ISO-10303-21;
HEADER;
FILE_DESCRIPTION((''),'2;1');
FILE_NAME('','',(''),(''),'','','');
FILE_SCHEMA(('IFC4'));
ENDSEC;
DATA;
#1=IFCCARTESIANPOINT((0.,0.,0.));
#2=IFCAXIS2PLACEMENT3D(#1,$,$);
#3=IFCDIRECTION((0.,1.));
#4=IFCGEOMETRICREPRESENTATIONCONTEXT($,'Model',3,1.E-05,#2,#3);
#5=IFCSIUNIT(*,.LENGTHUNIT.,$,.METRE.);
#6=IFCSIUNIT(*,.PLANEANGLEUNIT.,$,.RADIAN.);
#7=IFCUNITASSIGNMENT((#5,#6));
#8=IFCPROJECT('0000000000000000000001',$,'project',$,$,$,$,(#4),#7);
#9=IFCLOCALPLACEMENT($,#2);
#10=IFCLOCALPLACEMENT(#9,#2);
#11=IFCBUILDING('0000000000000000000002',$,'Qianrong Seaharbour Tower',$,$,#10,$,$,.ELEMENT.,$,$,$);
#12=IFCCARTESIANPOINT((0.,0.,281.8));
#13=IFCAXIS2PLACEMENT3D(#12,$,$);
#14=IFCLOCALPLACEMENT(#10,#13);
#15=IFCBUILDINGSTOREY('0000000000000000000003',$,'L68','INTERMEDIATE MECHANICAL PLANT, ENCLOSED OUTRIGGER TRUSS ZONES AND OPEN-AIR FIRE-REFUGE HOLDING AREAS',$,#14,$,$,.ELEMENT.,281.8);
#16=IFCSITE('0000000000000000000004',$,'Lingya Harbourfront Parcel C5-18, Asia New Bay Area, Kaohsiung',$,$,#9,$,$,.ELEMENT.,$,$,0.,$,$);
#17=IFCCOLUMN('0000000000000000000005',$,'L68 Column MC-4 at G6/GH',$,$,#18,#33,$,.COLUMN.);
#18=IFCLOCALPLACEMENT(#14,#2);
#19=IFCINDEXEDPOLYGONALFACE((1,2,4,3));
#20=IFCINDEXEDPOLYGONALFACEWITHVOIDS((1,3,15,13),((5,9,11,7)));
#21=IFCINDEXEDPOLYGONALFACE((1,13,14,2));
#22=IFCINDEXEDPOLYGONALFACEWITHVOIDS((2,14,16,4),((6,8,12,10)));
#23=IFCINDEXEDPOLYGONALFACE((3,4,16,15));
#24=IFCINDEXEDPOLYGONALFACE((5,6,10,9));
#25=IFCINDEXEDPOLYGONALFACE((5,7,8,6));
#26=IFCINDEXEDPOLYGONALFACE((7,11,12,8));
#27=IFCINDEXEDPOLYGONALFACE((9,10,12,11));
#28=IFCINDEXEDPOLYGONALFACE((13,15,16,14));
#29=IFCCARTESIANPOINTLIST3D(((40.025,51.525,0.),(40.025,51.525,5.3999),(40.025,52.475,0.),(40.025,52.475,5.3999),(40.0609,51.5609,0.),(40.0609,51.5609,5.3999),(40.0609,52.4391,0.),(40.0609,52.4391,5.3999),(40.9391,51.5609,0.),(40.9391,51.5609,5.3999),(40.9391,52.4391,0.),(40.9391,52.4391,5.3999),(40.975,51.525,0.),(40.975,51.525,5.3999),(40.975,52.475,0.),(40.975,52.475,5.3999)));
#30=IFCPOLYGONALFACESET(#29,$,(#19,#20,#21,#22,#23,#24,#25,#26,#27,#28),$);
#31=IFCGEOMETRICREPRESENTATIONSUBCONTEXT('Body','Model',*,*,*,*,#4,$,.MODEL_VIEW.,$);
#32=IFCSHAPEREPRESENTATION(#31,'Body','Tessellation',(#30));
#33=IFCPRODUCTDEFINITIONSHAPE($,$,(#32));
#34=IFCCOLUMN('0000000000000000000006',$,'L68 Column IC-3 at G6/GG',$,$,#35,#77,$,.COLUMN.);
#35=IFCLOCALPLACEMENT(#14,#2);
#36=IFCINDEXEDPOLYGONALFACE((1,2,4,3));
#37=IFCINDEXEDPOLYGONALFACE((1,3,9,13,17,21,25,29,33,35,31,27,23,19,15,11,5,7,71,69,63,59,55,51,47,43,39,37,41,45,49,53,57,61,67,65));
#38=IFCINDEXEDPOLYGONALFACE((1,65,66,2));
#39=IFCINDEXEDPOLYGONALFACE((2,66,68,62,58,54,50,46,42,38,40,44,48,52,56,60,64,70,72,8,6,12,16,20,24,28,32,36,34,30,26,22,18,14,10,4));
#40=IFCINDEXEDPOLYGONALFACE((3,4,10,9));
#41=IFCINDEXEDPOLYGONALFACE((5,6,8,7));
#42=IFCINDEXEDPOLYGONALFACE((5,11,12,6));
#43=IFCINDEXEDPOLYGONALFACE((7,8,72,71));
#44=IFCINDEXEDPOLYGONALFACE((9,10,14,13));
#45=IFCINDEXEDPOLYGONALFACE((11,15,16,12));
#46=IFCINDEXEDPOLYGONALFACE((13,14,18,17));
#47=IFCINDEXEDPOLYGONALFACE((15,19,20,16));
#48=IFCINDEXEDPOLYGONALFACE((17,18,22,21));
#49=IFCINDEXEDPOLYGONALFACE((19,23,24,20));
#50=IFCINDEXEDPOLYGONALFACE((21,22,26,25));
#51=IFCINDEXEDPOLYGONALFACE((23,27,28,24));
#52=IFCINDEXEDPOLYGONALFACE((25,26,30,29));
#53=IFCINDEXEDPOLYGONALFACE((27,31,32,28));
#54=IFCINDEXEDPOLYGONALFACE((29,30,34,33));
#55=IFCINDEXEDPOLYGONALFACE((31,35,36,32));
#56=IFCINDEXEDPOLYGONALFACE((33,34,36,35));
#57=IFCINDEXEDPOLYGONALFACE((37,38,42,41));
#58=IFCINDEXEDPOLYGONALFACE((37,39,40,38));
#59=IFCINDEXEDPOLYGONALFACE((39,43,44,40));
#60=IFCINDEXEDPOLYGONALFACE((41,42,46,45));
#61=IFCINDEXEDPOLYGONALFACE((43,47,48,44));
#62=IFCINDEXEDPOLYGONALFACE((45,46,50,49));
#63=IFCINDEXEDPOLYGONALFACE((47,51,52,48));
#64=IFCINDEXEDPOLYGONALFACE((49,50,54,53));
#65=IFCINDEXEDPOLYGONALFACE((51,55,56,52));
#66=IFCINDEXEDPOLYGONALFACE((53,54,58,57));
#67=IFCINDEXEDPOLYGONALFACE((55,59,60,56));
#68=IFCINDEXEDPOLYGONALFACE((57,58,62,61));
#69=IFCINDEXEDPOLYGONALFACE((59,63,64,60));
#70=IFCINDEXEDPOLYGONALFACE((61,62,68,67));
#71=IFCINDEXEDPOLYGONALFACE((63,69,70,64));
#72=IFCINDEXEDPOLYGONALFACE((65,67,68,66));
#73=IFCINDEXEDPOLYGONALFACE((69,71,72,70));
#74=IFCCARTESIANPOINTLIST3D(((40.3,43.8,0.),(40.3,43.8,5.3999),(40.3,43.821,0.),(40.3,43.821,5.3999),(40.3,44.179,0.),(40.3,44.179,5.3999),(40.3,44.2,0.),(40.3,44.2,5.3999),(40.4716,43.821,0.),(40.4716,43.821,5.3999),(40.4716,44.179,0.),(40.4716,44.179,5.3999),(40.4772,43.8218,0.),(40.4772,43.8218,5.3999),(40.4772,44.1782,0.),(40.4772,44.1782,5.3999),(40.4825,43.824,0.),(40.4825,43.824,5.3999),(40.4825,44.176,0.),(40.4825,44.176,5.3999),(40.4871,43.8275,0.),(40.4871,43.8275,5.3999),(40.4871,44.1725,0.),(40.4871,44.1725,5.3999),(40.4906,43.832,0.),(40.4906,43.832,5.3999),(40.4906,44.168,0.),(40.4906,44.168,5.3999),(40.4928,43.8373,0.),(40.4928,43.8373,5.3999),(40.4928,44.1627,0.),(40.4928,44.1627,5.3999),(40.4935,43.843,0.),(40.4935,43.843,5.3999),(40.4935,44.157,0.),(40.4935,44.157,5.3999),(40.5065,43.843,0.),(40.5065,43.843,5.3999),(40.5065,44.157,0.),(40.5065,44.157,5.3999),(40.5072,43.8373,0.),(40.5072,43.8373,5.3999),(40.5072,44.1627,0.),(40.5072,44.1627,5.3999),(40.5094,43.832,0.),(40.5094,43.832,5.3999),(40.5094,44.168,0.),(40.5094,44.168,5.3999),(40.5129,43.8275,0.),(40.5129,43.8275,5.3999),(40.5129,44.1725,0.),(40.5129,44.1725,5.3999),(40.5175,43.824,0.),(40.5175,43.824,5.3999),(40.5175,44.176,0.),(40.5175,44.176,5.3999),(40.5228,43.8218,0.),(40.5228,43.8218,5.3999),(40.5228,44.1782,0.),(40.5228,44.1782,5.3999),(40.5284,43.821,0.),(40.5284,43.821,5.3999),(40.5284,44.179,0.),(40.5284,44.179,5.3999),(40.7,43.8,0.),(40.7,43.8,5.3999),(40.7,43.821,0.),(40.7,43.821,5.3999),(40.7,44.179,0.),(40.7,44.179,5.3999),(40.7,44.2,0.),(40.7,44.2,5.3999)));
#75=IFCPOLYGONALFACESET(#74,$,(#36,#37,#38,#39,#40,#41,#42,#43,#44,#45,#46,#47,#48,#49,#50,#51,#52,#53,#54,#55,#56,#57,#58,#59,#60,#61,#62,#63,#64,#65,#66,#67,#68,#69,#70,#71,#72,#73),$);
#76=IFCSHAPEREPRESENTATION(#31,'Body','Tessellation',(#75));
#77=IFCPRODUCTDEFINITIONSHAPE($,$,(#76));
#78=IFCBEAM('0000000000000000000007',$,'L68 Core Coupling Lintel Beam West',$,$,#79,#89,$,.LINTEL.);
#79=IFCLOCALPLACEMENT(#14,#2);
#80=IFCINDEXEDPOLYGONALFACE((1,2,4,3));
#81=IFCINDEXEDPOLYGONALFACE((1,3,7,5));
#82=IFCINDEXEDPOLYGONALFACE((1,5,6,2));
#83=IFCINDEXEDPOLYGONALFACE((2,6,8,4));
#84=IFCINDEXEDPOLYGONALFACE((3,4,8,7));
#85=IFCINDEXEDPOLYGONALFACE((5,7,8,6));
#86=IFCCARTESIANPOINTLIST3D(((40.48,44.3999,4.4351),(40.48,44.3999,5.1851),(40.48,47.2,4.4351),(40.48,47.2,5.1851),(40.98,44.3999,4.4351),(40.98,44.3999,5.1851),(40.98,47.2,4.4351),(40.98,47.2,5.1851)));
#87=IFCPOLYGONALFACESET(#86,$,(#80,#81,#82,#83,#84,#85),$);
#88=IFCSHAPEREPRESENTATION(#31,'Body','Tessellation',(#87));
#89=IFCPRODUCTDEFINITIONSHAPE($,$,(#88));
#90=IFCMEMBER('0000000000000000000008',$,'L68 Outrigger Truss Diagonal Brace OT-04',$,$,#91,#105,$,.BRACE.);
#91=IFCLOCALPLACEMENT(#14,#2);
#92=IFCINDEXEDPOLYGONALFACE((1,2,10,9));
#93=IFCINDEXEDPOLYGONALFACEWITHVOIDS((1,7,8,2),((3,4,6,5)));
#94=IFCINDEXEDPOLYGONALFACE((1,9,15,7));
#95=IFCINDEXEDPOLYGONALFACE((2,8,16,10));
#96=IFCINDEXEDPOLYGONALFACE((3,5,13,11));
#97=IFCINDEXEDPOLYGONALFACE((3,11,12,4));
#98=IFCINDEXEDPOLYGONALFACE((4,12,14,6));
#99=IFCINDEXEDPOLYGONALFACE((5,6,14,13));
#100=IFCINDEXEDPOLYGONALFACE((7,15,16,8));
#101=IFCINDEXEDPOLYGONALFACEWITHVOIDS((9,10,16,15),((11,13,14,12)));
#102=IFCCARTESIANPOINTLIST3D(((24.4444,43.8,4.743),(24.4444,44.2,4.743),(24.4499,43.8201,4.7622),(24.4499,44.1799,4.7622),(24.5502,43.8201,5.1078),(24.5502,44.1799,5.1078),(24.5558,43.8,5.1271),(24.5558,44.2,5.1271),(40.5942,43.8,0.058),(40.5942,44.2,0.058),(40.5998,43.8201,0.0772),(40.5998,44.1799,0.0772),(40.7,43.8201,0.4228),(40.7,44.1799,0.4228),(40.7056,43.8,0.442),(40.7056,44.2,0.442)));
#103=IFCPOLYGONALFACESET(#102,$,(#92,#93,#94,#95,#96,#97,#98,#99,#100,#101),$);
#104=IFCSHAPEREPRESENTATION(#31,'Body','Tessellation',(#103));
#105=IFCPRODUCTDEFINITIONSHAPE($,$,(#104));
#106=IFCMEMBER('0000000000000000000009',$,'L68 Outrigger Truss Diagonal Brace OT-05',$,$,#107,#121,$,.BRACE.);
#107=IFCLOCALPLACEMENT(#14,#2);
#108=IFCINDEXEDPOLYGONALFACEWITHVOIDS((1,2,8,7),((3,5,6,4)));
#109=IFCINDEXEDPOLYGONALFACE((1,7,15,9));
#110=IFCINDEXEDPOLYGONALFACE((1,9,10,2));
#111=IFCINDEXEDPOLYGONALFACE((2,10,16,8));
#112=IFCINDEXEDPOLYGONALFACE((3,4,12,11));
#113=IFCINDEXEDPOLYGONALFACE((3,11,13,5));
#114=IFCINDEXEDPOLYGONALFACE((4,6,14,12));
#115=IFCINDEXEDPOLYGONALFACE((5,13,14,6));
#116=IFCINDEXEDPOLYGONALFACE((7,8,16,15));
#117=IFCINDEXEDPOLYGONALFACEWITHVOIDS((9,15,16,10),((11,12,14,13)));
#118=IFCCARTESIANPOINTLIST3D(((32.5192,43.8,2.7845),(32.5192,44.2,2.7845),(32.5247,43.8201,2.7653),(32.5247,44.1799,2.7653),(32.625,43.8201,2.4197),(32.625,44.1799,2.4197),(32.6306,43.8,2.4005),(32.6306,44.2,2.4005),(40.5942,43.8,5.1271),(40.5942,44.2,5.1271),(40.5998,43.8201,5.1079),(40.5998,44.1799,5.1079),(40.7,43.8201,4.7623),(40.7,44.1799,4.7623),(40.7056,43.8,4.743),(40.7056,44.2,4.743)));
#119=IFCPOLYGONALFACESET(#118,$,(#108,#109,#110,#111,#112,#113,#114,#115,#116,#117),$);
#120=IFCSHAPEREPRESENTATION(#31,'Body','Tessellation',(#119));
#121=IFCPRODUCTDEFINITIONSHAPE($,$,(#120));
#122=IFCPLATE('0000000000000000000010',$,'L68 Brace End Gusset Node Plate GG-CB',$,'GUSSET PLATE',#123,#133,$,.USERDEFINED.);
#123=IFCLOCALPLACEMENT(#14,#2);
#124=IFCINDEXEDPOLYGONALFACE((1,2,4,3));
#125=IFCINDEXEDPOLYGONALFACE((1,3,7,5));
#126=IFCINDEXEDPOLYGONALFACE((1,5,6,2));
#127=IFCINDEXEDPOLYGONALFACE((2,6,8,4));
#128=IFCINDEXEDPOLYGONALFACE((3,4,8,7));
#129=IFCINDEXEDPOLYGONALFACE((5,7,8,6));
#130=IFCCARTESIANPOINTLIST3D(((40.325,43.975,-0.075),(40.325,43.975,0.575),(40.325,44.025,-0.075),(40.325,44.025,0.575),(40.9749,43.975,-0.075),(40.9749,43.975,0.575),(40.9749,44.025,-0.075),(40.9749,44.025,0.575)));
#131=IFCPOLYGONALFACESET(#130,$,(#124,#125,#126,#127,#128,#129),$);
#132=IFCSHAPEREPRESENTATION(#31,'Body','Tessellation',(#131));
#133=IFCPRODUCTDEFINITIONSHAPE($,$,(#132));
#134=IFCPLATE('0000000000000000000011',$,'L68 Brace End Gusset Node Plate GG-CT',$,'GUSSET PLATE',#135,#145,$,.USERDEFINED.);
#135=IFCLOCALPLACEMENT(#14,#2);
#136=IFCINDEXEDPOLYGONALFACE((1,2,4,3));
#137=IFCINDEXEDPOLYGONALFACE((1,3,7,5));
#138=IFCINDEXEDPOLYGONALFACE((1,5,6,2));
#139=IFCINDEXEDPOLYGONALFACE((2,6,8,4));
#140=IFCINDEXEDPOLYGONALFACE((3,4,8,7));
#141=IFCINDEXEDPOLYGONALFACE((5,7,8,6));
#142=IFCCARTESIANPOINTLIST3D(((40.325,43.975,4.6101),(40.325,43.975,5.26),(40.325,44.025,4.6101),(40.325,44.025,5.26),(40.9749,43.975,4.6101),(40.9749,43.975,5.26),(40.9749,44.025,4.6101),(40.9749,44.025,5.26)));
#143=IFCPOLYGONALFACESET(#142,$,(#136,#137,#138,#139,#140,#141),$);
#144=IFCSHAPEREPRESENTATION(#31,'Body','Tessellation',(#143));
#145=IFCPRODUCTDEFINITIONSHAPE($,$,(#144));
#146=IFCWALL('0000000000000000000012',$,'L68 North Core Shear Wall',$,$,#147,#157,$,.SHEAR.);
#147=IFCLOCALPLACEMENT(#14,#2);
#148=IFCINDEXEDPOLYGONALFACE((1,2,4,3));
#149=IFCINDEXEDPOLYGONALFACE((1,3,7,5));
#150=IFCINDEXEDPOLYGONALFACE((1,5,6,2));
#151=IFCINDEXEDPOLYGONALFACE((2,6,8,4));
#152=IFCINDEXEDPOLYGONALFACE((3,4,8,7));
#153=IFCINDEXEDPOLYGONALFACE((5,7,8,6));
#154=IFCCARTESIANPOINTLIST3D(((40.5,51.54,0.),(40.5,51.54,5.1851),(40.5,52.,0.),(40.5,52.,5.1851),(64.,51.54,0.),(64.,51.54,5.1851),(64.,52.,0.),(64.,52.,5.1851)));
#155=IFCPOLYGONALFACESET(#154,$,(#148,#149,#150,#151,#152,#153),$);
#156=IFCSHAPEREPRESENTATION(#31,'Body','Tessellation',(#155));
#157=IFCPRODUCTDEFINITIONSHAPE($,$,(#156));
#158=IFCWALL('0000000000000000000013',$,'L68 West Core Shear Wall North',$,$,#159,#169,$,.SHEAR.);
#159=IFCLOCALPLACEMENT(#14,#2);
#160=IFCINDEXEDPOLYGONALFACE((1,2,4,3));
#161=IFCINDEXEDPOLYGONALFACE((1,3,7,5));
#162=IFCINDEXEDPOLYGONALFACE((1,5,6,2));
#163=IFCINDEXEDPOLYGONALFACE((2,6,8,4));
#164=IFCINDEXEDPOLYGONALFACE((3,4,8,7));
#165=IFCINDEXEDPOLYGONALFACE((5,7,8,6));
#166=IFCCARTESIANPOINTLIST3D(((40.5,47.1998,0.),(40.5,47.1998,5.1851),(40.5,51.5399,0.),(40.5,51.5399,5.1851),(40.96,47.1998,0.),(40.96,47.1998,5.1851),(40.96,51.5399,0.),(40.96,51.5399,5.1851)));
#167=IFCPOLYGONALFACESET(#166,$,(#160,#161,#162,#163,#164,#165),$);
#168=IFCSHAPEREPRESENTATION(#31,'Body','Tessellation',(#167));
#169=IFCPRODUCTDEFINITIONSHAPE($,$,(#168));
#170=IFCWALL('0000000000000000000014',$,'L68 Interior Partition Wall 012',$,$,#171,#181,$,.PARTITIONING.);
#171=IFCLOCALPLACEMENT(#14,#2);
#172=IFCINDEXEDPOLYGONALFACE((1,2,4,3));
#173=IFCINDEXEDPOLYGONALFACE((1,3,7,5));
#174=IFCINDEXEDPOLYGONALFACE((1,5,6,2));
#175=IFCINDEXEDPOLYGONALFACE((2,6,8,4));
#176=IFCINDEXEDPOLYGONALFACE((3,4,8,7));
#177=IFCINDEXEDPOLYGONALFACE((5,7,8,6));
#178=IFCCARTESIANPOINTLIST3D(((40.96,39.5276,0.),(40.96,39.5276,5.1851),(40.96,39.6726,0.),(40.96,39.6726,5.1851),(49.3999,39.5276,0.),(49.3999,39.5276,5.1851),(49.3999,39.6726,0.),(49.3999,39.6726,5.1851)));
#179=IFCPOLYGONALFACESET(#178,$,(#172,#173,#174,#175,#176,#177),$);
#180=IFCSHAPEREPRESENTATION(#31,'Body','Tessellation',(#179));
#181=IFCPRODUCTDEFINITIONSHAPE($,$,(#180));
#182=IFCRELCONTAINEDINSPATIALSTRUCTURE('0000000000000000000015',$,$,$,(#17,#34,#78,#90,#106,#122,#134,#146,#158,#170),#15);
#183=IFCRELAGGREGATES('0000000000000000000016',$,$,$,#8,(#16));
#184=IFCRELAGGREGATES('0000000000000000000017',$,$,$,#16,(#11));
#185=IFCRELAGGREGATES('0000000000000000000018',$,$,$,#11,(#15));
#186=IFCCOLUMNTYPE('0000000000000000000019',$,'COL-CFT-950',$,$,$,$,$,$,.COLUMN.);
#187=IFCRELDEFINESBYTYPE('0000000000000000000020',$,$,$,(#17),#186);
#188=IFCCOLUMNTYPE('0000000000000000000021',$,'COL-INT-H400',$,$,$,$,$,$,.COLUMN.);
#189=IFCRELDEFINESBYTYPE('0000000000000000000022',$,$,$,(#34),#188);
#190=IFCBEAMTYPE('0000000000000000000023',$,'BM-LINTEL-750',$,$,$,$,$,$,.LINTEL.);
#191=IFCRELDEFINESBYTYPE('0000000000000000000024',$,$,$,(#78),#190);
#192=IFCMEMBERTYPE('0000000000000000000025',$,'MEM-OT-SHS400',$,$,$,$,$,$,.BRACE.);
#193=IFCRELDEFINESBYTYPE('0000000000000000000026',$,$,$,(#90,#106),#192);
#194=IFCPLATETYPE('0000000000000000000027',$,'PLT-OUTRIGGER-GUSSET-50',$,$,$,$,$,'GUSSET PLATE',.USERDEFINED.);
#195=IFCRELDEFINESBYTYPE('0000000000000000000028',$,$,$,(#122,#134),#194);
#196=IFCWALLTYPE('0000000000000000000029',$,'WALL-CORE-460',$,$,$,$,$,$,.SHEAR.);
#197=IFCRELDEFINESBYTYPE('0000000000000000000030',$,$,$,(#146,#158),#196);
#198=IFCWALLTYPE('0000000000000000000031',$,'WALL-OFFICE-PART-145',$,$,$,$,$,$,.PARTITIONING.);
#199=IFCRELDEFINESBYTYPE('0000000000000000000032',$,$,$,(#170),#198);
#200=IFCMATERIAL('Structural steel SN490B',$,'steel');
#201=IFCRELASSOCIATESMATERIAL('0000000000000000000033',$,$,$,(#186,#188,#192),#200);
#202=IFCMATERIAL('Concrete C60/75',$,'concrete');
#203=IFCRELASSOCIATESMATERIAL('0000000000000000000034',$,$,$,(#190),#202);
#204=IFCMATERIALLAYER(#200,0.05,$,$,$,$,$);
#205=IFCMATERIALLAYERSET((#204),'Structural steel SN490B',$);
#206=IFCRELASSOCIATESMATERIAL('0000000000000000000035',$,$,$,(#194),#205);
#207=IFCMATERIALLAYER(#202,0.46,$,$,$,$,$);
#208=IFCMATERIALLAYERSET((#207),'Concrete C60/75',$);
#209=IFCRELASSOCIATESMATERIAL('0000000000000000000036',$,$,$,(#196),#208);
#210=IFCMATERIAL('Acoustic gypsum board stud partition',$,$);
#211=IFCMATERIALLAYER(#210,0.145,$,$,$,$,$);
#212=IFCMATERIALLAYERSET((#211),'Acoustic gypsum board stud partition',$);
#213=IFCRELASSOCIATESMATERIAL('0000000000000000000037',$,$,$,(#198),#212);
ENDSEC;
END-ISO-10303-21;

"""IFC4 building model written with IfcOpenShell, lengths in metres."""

from ifc_helpers import new_model, si_unit, direction, frame, frame_2d, origin, origin_2d, place, context, subcontext, project, spatial, rectangle, hollow_rectangle, i_section, extrude, material, layer, layer_set, material_profile, profile_set, type_object, element, save


model = new_model("IFC4")

# Units and contexts
model_context = context("Model", 3, precision=1e-05, world=origin(), true_north=direction((0.0, 1.0)))
body_context = subcontext(model_context, "Body", "Model", "MODEL_VIEW")
ifc_project = project(units=[si_unit("LENGTHUNIT", "METRE"), si_unit("PLANEANGLEUNIT", "RADIAN")], contexts=[model_context])

# Site, building, storey
site_placement = place(None, origin())
site = spatial("IfcSite", under=ifc_project, at=site_placement, Name="Lingya Harbourfront Parcel C5-18, Asia New Bay Area, Kaohsiung", CompositionType="ELEMENT", RefElevation=0.0)
building_placement = place(site_placement, origin())
building = spatial("IfcBuilding", under=site, at=building_placement, Name="Qianrong Seaharbour Tower", CompositionType="ELEMENT")
storey_placement = place(building_placement, frame((0.0, 0.0, 281.8)))
storey = spatial("IfcBuildingStorey", under=building, at=storey_placement, Name="L68", Description="INTERMEDIATE MECHANICAL PLANT, ENCLOSED OUTRIGGER TRUSS ZONES AND OPEN-AIR FIRE-REFUGE HOLDING AREAS", CompositionType="ELEMENT", Elevation=281.8)

# Columns
ifc_material_1 = material(Name="Structural steel SN490B", Category="steel")
ifc_material_profile_1 = material_profile(ifc_material_1, hollow_rectangle(XDim=0.95, YDim=0.95, WallThickness=0.0359, at=origin_2d()), Name="BOX950x950x36")
ifc_profile_set_1 = profile_set([ifc_material_profile_1], Name="Structural steel SN490B")
column_type_1 = type_object("IfcColumnType", Name="COL-CFT-950", PredefinedType="COLUMN", material=ifc_profile_set_1)
column_1_placement = place(storey_placement, frame((40.5, 52.0, 0.0), z_axis=(0.0, 0.0, 1.0), x_axis=(1.0, 0.0, 0.0)))
element("IfcColumn", 1, at=column_1_placement, inside=storey, type_object=column_type_1, Name="L68 Column MC-4 at G6/GH", PredefinedType="COLUMN", context=body_context, shape_type="SweptSolid", body=[
    extrude(hollow_rectangle(XDim=0.95, YDim=0.95, WallThickness=0.0359, at=origin_2d()), origin(), (0.0, 0.0, 1.0), 5.3999),
])
ifc_material_profile_2 = material_profile(ifc_material_1, i_section(OverallWidth=0.3999, OverallDepth=0.3999, WebThickness=0.0129, FlangeThickness=0.021, FilletRadius=0.022, at=origin_2d()), Name="H400x400x13x21")
ifc_profile_set_2 = profile_set([ifc_material_profile_2], Name="Structural steel SN490B")
column_type_2 = type_object("IfcColumnType", Name="COL-INT-H400", PredefinedType="COLUMN", material=ifc_profile_set_2)
column_2_placement = place(storey_placement, frame((40.5, 44.0, 0.0), z_axis=(0.0, 0.0, 1.0), x_axis=(1.0, 0.0, 0.0)))
element("IfcColumn", 2, at=column_2_placement, inside=storey, type_object=column_type_2, Name="L68 Column IC-3 at G6/GG", PredefinedType="COLUMN", context=body_context, shape_type="SweptSolid", body=[
    extrude(i_section(OverallWidth=0.3999, OverallDepth=0.3999, WebThickness=0.0129, FlangeThickness=0.021, FilletRadius=0.022, at=origin_2d()), origin(), (0.0, 0.0, 1.0), 5.3999),
])

# Beam
ifc_material_2 = material(Name="Concrete C60/75", Category="concrete")
ifc_material_profile_3 = material_profile(ifc_material_2, rectangle(XDim=0.5, YDim=0.75, at=origin_2d()), Name="RC500x750")
ifc_profile_set_3 = profile_set([ifc_material_profile_3], Name="Concrete C60/75")
beam_type = type_object("IfcBeamType", Name="BM-LINTEL-750", PredefinedType="LINTEL", material=ifc_profile_set_3)
beam_placement = place(storey_placement, frame((40.73, 44.3999, 4.8101), z_axis=(0.0, 1.0, 0.0), x_axis=(-1.0, 0.0, 0.0)))
element("IfcBeam", 3, at=beam_placement, inside=storey, type_object=beam_type, Name="L68 Core Coupling Lintel Beam West", PredefinedType="LINTEL", context=body_context, shape_type="SweptSolid", body=[
    extrude(rectangle(XDim=0.5, YDim=0.75, at=origin_2d()), origin(), (0.0, 0.0, 1.0), 2.8),
])

# Members
ifc_material_profile_4 = material_profile(ifc_material_1, hollow_rectangle(XDim=0.3999, YDim=0.3999, WallThickness=0.02, at=origin_2d()), Name="SHS400x400x20")
ifc_profile_set_4 = profile_set([ifc_material_profile_4], Name="Structural steel SN490B")
member_type = type_object("IfcMemberType", Name="MEM-OT-SHS400", PredefinedType="BRACE", material=ifc_profile_set_4)
member_1_placement = place(storey_placement, frame((40.6499, 44.0, 0.25), z_axis=(-0.960404, 0.0, 0.278611), x_axis=(0.0, -1.0, 0.0)))
element("IfcMember", 4, at=member_1_placement, inside=storey, type_object=member_type, Name="L68 Outrigger Truss Diagonal Brace OT-04", PredefinedType="BRACE", context=body_context, shape_type="SweptSolid", body=[
    extrude(hollow_rectangle(XDim=0.3999, YDim=0.3999, WallThickness=0.02, at=origin_2d()), origin(), (0.0, 0.0, 1.0), 16.8157),
])
member_2_placement = place(storey_placement, frame((40.6499, 44.0, 4.9351), z_axis=(-0.960404, 0.0, -0.278611), x_axis=(0.0, -1.0, 0.0)))
element("IfcMember", 5, at=member_2_placement, inside=storey, type_object=member_type, Name="L68 Outrigger Truss Diagonal Brace OT-05", PredefinedType="BRACE", context=body_context, shape_type="SweptSolid", body=[
    extrude(hollow_rectangle(XDim=0.3999, YDim=0.3999, WallThickness=0.02, at=origin_2d()), origin(), (0.0, 0.0, 1.0), 8.408),
])

# Plates
ifc_layer_1 = layer(ifc_material_1, 0.05)
ifc_layer_set_1 = layer_set([ifc_layer_1], Name="Structural steel SN490B")
plate_type = type_object("IfcPlateType", Name="PLT-OUTRIGGER-GUSSET-50", ElementType="GUSSET PLATE", PredefinedType="USERDEFINED", material=ifc_layer_set_1)
for number, where, z_axis, x_axis, name in (
    (6, (40.6499, 44.0, -0.075), (0.0, 0.0, 1.0), (1.0, 0.0, 0.0), "L68 Brace End Gusset Node Plate GG-CB"),
    (7, (40.6499, 44.0, 4.6101), (0.0, 0.0, 1.0), (1.0, 0.0, 0.0), "L68 Brace End Gusset Node Plate GG-CT"),
):
    element("IfcPlate", number, at=place(storey_placement, frame(where, z_axis=z_axis, x_axis=x_axis)), inside=storey, type_object=plate_type, Name=name, ObjectType="GUSSET PLATE", PredefinedType="USERDEFINED", context=body_context, shape_type="SweptSolid", body=[
        extrude(rectangle(XDim=0.6499, YDim=0.05, at=origin_2d()), origin(), (0.0, 0.0, 1.0), 0.6499),
    ])

# Walls
ifc_layer_2 = layer(ifc_material_2, 0.46)
ifc_layer_set_2 = layer_set([ifc_layer_2], Name="Concrete C60/75")
wall_type_1 = type_object("IfcWallType", Name="WALL-CORE-460", PredefinedType="SHEAR", material=ifc_layer_set_2)
wall_1_placement = place(storey_placement, frame((40.5, 51.77, 0.0), z_axis=(0.0, 0.0, 1.0), x_axis=(1.0, 0.0, 0.0)))
element("IfcWall", 8, at=wall_1_placement, inside=storey, type_object=wall_type_1, Name="L68 North Core Shear Wall", PredefinedType="SHEAR", context=body_context, shape_type="SweptSolid", body=[
    extrude(rectangle(XDim=23.5, YDim=0.46, at=frame_2d((11.75, 0.0))), origin(), (0.0, 0.0, 1.0), 5.1851),
])
wall_2_placement = place(storey_placement, frame((40.73, 47.2, 0.0), z_axis=(0.0, 0.0, 1.0), x_axis=(0.0, 1.0, 0.0)))
element("IfcWall", 9, at=wall_2_placement, inside=storey, type_object=wall_type_1, Name="L68 West Core Shear Wall North", PredefinedType="SHEAR", context=body_context, shape_type="SweptSolid", body=[
    extrude(rectangle(XDim=4.3401, YDim=0.46, at=frame_2d((2.1699, 0.0))), origin(), (0.0, 0.0, 1.0), 5.1851),
])
ifc_material_3 = material(Name="Acoustic gypsum board stud partition")
ifc_layer_3 = layer(ifc_material_3, 0.145)
ifc_layer_set_3 = layer_set([ifc_layer_3], Name="Acoustic gypsum board stud partition")
wall_type_2 = type_object("IfcWallType", Name="WALL-OFFICE-PART-145", PredefinedType="PARTITIONING", material=ifc_layer_set_3)
wall_3_placement = place(storey_placement, frame((40.96, 39.6001, 0.0), z_axis=(0.0, 0.0, 1.0), x_axis=(1.0, 0.0, 0.0)))
element("IfcWall", 10, at=wall_3_placement, inside=storey, type_object=wall_type_2, Name="L68 Interior Partition Wall 012", PredefinedType="PARTITIONING", context=body_context, shape_type="SweptSolid", body=[
    extrude(rectangle(XDim=8.4399, YDim=0.145, at=frame_2d((4.22, 0.0))), origin(), (0.0, 0.0, 1.0), 5.1851),
])

save(model, "model.ifc")
